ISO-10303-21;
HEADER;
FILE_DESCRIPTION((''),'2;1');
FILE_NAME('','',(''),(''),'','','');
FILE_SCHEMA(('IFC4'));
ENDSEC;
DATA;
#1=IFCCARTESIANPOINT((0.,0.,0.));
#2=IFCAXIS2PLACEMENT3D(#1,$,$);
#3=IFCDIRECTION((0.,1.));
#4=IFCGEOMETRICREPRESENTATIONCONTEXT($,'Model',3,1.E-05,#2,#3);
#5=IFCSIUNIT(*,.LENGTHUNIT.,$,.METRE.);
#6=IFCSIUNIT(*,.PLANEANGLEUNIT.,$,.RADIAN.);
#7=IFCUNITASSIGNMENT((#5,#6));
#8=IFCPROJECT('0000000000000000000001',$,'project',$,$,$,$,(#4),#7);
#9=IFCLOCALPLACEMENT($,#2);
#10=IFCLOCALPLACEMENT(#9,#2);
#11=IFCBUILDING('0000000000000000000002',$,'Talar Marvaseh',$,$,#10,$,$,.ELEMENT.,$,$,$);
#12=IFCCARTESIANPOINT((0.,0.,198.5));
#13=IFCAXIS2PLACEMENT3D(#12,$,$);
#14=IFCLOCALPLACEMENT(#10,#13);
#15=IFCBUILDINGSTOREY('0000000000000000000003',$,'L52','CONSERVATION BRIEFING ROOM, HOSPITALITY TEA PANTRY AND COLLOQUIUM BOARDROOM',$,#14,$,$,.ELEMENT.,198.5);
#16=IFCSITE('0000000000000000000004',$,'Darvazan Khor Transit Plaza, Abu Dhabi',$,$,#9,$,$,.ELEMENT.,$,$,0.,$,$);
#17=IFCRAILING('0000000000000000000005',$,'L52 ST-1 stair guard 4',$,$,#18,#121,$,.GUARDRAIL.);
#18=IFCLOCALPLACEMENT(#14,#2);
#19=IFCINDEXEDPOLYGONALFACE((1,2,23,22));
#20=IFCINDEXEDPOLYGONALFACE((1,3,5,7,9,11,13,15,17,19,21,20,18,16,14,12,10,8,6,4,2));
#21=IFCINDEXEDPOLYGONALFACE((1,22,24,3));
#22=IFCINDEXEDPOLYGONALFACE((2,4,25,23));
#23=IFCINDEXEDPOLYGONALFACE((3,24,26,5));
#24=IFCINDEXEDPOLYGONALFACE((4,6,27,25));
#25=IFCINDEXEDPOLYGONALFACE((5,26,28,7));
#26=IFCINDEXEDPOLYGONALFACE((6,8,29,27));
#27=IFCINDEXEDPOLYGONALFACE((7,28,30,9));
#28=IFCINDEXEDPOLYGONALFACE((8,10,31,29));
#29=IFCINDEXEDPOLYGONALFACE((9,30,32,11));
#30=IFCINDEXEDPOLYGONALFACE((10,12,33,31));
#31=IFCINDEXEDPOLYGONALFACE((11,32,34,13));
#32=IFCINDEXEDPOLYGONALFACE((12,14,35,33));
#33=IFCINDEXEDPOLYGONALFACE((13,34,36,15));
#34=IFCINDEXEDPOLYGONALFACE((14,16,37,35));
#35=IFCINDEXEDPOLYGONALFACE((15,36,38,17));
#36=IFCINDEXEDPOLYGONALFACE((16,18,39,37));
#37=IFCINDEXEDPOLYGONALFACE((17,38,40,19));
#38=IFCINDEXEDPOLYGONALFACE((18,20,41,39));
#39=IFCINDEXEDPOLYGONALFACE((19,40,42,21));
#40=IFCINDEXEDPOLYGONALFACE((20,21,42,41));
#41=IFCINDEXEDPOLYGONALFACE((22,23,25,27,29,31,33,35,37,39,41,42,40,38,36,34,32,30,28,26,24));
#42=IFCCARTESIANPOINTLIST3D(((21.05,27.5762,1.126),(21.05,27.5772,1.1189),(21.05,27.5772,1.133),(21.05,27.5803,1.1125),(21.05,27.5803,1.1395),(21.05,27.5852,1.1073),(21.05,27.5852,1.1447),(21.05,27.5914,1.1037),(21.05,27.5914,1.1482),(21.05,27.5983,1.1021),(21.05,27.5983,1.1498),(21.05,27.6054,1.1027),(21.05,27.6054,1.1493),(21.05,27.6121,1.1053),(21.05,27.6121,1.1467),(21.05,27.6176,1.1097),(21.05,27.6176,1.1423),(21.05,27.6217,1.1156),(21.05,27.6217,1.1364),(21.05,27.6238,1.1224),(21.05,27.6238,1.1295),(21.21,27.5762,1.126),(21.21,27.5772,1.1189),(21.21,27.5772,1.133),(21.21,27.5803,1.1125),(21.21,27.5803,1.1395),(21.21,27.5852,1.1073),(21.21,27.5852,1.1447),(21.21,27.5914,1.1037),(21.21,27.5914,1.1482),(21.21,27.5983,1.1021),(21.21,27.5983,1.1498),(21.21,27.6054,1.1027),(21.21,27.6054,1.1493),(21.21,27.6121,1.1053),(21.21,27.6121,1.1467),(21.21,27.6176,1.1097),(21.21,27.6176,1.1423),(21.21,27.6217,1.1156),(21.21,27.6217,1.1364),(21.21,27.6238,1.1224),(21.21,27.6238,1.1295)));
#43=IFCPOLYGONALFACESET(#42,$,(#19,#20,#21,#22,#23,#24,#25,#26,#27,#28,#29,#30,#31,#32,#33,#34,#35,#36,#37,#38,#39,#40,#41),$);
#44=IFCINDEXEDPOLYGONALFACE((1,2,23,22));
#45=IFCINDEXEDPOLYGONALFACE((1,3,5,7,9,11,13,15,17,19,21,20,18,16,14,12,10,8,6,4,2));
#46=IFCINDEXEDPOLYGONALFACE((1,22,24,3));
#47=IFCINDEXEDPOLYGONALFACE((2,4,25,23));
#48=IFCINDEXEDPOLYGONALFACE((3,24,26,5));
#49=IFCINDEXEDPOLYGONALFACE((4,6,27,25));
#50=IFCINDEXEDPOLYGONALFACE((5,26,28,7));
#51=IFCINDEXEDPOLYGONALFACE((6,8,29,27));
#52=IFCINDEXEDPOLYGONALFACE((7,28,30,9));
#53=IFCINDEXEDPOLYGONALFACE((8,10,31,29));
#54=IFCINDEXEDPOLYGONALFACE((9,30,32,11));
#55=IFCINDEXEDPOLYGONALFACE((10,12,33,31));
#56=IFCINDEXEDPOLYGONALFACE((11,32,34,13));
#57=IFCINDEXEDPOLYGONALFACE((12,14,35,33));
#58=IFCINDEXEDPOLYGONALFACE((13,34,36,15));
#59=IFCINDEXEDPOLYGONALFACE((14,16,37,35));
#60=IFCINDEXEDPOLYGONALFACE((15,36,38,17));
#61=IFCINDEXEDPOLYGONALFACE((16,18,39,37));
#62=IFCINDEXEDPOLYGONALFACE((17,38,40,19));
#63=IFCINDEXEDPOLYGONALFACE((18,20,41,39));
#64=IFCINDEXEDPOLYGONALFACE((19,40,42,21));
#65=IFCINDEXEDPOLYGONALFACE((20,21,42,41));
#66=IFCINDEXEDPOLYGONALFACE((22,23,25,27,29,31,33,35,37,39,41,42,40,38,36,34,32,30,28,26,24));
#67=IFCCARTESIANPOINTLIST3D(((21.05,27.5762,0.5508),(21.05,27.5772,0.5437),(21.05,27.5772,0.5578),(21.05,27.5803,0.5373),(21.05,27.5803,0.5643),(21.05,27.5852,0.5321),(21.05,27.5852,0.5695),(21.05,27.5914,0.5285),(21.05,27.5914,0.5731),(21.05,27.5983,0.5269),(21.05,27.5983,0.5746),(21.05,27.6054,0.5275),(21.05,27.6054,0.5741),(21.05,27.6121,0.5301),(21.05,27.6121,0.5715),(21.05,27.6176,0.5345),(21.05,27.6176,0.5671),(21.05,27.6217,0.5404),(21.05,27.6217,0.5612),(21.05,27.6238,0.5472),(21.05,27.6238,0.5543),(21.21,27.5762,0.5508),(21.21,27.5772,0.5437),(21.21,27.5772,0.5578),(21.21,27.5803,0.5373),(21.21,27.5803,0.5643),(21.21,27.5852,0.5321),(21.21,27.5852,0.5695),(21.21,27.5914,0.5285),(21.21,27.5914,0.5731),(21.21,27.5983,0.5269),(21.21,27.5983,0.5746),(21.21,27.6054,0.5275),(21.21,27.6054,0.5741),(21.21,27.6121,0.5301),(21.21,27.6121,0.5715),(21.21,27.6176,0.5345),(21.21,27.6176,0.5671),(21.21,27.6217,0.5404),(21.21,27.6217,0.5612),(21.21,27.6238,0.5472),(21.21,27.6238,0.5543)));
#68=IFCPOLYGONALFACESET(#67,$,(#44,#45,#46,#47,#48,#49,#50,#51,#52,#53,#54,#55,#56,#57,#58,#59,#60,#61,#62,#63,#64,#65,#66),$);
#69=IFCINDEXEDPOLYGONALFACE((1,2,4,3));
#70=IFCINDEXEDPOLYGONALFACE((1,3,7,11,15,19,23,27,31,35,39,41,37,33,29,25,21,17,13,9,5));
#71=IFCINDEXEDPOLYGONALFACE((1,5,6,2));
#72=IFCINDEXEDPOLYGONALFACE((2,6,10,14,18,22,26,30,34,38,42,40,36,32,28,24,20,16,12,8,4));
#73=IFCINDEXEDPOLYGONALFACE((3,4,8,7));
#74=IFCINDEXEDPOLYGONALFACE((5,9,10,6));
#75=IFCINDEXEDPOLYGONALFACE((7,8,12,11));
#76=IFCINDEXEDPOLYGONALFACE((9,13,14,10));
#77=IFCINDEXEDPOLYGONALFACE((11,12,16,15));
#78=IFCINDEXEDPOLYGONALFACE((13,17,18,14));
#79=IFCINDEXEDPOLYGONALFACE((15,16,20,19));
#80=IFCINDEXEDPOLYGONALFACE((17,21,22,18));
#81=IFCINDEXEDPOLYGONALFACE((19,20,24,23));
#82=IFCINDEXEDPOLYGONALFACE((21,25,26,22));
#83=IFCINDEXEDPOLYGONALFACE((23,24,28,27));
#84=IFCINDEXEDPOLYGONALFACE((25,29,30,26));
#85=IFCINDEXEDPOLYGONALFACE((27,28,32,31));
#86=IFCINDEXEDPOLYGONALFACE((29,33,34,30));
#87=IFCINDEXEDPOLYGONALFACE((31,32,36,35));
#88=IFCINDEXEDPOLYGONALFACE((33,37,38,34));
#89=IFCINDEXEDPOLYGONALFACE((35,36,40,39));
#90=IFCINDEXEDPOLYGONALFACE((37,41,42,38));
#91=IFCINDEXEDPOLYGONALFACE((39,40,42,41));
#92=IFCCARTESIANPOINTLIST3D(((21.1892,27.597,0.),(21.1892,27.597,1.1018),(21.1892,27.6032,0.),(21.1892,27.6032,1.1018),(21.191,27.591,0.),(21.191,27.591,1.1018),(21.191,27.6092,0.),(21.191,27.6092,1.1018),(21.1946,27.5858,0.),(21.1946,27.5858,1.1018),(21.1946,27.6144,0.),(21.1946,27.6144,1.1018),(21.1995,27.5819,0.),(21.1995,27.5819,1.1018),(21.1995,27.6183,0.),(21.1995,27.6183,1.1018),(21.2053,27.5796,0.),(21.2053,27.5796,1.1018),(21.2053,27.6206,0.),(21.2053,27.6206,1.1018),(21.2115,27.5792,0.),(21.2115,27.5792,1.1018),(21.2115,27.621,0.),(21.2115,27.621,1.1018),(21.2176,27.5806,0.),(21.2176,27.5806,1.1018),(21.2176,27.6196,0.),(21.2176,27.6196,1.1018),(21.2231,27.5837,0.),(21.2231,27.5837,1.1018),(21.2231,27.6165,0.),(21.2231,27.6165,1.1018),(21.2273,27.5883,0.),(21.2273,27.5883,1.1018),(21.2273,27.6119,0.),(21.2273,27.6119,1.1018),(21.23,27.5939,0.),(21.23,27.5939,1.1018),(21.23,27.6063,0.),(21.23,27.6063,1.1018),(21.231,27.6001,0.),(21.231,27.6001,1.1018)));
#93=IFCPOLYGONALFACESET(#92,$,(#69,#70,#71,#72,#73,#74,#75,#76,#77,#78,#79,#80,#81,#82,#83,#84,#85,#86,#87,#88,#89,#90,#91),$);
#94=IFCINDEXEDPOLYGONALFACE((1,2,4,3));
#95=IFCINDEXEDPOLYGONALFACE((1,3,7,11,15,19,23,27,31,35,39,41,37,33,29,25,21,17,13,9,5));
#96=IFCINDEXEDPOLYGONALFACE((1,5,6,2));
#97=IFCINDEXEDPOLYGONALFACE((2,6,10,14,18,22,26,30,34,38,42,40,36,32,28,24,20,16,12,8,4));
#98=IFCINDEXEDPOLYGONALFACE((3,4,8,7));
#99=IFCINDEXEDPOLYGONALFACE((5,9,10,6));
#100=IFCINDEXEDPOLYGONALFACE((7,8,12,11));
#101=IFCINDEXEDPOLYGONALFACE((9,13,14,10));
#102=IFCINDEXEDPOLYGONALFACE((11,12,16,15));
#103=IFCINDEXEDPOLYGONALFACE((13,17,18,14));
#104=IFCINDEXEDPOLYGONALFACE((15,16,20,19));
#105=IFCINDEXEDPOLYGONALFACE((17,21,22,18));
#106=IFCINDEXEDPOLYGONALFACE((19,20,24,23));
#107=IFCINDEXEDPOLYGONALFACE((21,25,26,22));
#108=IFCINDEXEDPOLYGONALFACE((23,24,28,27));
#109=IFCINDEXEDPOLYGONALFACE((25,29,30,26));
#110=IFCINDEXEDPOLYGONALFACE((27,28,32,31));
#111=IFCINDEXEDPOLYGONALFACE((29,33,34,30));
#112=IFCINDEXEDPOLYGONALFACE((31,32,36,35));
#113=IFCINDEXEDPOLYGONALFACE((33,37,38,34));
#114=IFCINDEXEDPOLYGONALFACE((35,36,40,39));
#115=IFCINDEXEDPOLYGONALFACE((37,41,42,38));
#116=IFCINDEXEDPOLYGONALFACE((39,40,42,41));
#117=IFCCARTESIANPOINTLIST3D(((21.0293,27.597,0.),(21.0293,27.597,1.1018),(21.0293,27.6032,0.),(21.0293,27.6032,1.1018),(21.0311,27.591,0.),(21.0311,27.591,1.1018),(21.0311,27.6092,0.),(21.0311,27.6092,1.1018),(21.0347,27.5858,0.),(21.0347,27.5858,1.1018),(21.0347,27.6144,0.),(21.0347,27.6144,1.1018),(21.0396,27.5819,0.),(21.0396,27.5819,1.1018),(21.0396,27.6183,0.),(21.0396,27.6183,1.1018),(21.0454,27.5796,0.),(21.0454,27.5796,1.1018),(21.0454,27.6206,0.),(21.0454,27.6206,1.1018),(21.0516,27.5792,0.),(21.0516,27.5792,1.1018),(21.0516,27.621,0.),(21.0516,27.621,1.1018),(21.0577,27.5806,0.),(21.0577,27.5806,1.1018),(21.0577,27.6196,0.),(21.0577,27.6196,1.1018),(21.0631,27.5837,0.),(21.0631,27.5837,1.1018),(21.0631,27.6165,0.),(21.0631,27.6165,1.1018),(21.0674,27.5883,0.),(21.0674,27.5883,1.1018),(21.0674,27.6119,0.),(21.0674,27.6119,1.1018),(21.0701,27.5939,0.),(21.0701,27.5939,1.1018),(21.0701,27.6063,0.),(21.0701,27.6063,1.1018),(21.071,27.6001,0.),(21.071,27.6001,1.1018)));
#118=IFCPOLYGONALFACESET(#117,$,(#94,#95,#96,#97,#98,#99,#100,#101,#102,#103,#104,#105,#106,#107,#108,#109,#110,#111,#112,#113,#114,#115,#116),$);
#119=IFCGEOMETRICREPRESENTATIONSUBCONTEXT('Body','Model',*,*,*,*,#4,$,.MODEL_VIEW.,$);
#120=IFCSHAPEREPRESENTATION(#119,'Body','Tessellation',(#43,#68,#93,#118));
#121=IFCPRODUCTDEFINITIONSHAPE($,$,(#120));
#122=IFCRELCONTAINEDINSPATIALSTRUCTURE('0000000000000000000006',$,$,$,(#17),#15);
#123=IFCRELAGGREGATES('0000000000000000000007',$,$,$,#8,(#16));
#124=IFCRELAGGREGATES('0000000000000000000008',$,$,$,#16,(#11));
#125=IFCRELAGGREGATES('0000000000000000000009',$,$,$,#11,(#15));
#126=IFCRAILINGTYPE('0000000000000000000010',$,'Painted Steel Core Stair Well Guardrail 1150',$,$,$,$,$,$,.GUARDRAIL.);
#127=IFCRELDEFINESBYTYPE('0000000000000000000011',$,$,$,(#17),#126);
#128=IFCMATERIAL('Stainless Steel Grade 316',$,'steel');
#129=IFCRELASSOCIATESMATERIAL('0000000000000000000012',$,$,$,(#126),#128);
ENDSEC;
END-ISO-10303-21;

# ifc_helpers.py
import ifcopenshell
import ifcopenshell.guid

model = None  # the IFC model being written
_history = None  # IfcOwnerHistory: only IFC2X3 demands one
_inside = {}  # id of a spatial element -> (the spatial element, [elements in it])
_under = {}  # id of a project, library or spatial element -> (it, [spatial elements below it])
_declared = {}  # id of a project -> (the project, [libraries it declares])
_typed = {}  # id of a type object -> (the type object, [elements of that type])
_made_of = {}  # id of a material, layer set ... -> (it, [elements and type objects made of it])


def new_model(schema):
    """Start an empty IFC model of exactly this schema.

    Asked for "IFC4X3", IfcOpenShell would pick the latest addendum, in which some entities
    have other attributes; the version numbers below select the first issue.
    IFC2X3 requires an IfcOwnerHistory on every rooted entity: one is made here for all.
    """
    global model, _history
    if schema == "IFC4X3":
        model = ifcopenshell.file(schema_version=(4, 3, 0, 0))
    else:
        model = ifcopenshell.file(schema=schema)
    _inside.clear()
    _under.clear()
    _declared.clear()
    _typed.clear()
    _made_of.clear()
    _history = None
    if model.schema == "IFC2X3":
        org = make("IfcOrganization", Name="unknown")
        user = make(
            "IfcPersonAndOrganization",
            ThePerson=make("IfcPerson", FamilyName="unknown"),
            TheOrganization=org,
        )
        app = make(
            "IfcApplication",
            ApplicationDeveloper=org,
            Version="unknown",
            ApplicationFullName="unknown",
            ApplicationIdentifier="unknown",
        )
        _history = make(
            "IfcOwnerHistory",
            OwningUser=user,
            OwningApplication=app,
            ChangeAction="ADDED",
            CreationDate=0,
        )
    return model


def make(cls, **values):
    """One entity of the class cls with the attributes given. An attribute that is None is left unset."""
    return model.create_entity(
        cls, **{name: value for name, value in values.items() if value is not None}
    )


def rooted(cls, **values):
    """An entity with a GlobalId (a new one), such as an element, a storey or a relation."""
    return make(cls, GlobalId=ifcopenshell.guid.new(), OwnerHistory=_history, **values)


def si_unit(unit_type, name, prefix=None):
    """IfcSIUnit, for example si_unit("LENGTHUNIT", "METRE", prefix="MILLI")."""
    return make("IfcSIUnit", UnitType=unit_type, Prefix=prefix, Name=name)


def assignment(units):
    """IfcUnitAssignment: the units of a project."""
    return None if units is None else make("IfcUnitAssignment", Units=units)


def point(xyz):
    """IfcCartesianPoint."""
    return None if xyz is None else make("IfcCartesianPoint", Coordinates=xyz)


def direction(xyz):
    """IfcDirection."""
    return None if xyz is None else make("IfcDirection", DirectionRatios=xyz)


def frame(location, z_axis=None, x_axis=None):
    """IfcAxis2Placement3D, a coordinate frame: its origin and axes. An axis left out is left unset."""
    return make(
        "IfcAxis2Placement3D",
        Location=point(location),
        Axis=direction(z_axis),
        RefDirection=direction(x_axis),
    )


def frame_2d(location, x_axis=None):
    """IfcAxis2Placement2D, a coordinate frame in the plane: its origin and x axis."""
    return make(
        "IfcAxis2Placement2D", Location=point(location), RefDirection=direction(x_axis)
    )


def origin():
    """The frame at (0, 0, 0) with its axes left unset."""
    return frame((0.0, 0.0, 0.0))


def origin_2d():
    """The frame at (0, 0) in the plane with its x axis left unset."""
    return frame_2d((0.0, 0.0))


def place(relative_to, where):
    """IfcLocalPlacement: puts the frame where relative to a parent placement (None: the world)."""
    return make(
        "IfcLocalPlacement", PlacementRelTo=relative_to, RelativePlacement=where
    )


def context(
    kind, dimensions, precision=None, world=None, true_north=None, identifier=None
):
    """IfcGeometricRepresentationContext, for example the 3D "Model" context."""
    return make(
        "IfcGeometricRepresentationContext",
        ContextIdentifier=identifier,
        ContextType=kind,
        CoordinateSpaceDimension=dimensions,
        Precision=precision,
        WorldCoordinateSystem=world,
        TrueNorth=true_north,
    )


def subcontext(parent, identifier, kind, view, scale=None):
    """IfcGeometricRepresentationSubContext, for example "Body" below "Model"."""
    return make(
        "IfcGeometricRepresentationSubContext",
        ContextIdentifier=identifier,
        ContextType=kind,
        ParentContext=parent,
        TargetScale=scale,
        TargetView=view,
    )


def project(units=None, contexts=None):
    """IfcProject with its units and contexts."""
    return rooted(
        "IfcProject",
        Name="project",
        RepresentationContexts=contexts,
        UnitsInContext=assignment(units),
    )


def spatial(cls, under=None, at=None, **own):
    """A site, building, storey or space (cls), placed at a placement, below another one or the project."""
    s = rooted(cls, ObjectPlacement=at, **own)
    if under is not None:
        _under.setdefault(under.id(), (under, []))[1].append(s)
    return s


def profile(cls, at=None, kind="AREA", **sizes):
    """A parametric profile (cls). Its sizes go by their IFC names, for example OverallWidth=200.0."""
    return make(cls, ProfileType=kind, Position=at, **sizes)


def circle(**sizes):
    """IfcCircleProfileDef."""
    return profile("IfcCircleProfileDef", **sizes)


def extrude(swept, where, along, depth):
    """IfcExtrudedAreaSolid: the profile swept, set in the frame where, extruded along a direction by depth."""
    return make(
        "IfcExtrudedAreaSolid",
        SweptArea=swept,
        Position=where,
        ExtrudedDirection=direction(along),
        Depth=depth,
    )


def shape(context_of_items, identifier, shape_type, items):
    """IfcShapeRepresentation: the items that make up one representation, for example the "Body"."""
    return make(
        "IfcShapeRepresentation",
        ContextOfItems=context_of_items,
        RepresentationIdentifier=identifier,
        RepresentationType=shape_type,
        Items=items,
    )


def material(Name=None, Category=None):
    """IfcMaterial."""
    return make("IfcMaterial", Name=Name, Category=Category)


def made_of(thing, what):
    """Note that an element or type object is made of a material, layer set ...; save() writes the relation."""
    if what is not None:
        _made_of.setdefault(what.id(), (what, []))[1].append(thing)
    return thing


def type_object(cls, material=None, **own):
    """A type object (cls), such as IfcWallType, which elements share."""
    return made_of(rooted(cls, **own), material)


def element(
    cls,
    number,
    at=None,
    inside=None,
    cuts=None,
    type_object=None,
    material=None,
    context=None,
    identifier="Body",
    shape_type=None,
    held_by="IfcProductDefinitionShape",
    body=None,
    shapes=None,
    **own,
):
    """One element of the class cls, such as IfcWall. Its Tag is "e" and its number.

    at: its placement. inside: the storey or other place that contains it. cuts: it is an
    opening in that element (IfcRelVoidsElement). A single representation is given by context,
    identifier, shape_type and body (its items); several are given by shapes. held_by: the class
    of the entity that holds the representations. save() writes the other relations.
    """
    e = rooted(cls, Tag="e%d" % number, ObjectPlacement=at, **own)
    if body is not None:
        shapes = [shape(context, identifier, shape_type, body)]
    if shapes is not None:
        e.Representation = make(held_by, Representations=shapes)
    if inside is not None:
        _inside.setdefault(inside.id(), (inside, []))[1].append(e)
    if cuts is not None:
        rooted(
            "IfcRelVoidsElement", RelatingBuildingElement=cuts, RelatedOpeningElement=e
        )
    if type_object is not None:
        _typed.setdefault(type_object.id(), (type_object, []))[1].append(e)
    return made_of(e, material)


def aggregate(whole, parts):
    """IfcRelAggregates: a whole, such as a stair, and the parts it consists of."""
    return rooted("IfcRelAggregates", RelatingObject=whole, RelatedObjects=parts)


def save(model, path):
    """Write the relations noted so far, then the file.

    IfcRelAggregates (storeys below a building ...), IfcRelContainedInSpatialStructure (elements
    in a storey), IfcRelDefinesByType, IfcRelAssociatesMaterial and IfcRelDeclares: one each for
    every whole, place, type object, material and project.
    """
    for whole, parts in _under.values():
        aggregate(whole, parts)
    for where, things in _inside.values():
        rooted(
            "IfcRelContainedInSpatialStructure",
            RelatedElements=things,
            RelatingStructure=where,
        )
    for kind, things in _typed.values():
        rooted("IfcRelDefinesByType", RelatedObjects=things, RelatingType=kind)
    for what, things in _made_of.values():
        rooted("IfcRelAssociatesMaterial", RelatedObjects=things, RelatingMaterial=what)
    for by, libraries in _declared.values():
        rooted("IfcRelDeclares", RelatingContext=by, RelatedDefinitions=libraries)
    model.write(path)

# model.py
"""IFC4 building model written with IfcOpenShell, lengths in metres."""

from ifc_helpers import new_model, si_unit, direction, frame, origin, origin_2d, place, context, subcontext, project, spatial, circle, extrude, material, type_object, element, save


model = new_model("IFC4")

# Units and contexts
model_context = context("Model", 3, precision=1e-05, world=origin(), true_north=direction((0.0, 1.0)))
body_context = subcontext(model_context, "Body", "Model", "MODEL_VIEW")
ifc_project = project(units=[si_unit("LENGTHUNIT", "METRE"), si_unit("PLANEANGLEUNIT", "RADIAN")], contexts=[model_context])

# Site, building, storey
site_placement = place(None, origin())
site = spatial("IfcSite", under=ifc_project, at=site_placement, Name="Darvazan Khor Transit Plaza, Abu Dhabi", CompositionType="ELEMENT", RefElevation=0.0)
building_placement = place(site_placement, origin())
building = spatial("IfcBuilding", under=site, at=building_placement, Name="Talar Marvaseh", CompositionType="ELEMENT")
storey_placement = place(building_placement, frame((0.0, 0.0, 198.5)))
storey = spatial("IfcBuildingStorey", under=building, at=storey_placement, Name="L52", Description="CONSERVATION BRIEFING ROOM, HOSPITALITY TEA PANTRY AND COLLOQUIUM BOARDROOM", CompositionType="ELEMENT", Elevation=198.5)

# Railing
ifc_material_1 = material(Name="Stainless Steel Grade 316", Category="steel")
railing_type_1 = type_object("IfcRailingType", Name="Painted Steel Core Stair Well Guardrail 1150", PredefinedType="GUARDRAIL", material=ifc_material_1)
railing_1_placement = place(storey_placement, frame((21.21, 27.6001, 0.0)))
element("IfcRailing", 1, at=railing_1_placement, inside=storey, type_object=railing_type_1, Name="L52 ST-1 stair guard 4", PredefinedType="GUARDRAIL", context=body_context, shape_type="SweptSolid", body=[
    extrude(circle(Radius=0.0239, at=origin_2d()), frame((0.0, 0.0, 1.126), z_axis=(-1.0, 0.0, 0.0), x_axis=(0.0, -1.0, 0.0)), (0.0, 0.0, 1.0), 0.1599),
    extrude(circle(Radius=0.0239, at=origin_2d()), frame((0.0, 0.0, 0.5508), z_axis=(-1.0, 0.0, 0.0), x_axis=(0.0, -1.0, 0.0)), (0.0, 0.0, 1.0), 0.1599),
    extrude(circle(Radius=0.021, at=origin_2d()), origin(), (0.0, 0.0, 1.0), 1.1018),
    extrude(circle(Radius=0.021, at=origin_2d()), frame((-0.1599, 0.0, 0.0)), (0.0, 0.0, 1.0), 1.1018),
])

save(model, "model.ifc")
